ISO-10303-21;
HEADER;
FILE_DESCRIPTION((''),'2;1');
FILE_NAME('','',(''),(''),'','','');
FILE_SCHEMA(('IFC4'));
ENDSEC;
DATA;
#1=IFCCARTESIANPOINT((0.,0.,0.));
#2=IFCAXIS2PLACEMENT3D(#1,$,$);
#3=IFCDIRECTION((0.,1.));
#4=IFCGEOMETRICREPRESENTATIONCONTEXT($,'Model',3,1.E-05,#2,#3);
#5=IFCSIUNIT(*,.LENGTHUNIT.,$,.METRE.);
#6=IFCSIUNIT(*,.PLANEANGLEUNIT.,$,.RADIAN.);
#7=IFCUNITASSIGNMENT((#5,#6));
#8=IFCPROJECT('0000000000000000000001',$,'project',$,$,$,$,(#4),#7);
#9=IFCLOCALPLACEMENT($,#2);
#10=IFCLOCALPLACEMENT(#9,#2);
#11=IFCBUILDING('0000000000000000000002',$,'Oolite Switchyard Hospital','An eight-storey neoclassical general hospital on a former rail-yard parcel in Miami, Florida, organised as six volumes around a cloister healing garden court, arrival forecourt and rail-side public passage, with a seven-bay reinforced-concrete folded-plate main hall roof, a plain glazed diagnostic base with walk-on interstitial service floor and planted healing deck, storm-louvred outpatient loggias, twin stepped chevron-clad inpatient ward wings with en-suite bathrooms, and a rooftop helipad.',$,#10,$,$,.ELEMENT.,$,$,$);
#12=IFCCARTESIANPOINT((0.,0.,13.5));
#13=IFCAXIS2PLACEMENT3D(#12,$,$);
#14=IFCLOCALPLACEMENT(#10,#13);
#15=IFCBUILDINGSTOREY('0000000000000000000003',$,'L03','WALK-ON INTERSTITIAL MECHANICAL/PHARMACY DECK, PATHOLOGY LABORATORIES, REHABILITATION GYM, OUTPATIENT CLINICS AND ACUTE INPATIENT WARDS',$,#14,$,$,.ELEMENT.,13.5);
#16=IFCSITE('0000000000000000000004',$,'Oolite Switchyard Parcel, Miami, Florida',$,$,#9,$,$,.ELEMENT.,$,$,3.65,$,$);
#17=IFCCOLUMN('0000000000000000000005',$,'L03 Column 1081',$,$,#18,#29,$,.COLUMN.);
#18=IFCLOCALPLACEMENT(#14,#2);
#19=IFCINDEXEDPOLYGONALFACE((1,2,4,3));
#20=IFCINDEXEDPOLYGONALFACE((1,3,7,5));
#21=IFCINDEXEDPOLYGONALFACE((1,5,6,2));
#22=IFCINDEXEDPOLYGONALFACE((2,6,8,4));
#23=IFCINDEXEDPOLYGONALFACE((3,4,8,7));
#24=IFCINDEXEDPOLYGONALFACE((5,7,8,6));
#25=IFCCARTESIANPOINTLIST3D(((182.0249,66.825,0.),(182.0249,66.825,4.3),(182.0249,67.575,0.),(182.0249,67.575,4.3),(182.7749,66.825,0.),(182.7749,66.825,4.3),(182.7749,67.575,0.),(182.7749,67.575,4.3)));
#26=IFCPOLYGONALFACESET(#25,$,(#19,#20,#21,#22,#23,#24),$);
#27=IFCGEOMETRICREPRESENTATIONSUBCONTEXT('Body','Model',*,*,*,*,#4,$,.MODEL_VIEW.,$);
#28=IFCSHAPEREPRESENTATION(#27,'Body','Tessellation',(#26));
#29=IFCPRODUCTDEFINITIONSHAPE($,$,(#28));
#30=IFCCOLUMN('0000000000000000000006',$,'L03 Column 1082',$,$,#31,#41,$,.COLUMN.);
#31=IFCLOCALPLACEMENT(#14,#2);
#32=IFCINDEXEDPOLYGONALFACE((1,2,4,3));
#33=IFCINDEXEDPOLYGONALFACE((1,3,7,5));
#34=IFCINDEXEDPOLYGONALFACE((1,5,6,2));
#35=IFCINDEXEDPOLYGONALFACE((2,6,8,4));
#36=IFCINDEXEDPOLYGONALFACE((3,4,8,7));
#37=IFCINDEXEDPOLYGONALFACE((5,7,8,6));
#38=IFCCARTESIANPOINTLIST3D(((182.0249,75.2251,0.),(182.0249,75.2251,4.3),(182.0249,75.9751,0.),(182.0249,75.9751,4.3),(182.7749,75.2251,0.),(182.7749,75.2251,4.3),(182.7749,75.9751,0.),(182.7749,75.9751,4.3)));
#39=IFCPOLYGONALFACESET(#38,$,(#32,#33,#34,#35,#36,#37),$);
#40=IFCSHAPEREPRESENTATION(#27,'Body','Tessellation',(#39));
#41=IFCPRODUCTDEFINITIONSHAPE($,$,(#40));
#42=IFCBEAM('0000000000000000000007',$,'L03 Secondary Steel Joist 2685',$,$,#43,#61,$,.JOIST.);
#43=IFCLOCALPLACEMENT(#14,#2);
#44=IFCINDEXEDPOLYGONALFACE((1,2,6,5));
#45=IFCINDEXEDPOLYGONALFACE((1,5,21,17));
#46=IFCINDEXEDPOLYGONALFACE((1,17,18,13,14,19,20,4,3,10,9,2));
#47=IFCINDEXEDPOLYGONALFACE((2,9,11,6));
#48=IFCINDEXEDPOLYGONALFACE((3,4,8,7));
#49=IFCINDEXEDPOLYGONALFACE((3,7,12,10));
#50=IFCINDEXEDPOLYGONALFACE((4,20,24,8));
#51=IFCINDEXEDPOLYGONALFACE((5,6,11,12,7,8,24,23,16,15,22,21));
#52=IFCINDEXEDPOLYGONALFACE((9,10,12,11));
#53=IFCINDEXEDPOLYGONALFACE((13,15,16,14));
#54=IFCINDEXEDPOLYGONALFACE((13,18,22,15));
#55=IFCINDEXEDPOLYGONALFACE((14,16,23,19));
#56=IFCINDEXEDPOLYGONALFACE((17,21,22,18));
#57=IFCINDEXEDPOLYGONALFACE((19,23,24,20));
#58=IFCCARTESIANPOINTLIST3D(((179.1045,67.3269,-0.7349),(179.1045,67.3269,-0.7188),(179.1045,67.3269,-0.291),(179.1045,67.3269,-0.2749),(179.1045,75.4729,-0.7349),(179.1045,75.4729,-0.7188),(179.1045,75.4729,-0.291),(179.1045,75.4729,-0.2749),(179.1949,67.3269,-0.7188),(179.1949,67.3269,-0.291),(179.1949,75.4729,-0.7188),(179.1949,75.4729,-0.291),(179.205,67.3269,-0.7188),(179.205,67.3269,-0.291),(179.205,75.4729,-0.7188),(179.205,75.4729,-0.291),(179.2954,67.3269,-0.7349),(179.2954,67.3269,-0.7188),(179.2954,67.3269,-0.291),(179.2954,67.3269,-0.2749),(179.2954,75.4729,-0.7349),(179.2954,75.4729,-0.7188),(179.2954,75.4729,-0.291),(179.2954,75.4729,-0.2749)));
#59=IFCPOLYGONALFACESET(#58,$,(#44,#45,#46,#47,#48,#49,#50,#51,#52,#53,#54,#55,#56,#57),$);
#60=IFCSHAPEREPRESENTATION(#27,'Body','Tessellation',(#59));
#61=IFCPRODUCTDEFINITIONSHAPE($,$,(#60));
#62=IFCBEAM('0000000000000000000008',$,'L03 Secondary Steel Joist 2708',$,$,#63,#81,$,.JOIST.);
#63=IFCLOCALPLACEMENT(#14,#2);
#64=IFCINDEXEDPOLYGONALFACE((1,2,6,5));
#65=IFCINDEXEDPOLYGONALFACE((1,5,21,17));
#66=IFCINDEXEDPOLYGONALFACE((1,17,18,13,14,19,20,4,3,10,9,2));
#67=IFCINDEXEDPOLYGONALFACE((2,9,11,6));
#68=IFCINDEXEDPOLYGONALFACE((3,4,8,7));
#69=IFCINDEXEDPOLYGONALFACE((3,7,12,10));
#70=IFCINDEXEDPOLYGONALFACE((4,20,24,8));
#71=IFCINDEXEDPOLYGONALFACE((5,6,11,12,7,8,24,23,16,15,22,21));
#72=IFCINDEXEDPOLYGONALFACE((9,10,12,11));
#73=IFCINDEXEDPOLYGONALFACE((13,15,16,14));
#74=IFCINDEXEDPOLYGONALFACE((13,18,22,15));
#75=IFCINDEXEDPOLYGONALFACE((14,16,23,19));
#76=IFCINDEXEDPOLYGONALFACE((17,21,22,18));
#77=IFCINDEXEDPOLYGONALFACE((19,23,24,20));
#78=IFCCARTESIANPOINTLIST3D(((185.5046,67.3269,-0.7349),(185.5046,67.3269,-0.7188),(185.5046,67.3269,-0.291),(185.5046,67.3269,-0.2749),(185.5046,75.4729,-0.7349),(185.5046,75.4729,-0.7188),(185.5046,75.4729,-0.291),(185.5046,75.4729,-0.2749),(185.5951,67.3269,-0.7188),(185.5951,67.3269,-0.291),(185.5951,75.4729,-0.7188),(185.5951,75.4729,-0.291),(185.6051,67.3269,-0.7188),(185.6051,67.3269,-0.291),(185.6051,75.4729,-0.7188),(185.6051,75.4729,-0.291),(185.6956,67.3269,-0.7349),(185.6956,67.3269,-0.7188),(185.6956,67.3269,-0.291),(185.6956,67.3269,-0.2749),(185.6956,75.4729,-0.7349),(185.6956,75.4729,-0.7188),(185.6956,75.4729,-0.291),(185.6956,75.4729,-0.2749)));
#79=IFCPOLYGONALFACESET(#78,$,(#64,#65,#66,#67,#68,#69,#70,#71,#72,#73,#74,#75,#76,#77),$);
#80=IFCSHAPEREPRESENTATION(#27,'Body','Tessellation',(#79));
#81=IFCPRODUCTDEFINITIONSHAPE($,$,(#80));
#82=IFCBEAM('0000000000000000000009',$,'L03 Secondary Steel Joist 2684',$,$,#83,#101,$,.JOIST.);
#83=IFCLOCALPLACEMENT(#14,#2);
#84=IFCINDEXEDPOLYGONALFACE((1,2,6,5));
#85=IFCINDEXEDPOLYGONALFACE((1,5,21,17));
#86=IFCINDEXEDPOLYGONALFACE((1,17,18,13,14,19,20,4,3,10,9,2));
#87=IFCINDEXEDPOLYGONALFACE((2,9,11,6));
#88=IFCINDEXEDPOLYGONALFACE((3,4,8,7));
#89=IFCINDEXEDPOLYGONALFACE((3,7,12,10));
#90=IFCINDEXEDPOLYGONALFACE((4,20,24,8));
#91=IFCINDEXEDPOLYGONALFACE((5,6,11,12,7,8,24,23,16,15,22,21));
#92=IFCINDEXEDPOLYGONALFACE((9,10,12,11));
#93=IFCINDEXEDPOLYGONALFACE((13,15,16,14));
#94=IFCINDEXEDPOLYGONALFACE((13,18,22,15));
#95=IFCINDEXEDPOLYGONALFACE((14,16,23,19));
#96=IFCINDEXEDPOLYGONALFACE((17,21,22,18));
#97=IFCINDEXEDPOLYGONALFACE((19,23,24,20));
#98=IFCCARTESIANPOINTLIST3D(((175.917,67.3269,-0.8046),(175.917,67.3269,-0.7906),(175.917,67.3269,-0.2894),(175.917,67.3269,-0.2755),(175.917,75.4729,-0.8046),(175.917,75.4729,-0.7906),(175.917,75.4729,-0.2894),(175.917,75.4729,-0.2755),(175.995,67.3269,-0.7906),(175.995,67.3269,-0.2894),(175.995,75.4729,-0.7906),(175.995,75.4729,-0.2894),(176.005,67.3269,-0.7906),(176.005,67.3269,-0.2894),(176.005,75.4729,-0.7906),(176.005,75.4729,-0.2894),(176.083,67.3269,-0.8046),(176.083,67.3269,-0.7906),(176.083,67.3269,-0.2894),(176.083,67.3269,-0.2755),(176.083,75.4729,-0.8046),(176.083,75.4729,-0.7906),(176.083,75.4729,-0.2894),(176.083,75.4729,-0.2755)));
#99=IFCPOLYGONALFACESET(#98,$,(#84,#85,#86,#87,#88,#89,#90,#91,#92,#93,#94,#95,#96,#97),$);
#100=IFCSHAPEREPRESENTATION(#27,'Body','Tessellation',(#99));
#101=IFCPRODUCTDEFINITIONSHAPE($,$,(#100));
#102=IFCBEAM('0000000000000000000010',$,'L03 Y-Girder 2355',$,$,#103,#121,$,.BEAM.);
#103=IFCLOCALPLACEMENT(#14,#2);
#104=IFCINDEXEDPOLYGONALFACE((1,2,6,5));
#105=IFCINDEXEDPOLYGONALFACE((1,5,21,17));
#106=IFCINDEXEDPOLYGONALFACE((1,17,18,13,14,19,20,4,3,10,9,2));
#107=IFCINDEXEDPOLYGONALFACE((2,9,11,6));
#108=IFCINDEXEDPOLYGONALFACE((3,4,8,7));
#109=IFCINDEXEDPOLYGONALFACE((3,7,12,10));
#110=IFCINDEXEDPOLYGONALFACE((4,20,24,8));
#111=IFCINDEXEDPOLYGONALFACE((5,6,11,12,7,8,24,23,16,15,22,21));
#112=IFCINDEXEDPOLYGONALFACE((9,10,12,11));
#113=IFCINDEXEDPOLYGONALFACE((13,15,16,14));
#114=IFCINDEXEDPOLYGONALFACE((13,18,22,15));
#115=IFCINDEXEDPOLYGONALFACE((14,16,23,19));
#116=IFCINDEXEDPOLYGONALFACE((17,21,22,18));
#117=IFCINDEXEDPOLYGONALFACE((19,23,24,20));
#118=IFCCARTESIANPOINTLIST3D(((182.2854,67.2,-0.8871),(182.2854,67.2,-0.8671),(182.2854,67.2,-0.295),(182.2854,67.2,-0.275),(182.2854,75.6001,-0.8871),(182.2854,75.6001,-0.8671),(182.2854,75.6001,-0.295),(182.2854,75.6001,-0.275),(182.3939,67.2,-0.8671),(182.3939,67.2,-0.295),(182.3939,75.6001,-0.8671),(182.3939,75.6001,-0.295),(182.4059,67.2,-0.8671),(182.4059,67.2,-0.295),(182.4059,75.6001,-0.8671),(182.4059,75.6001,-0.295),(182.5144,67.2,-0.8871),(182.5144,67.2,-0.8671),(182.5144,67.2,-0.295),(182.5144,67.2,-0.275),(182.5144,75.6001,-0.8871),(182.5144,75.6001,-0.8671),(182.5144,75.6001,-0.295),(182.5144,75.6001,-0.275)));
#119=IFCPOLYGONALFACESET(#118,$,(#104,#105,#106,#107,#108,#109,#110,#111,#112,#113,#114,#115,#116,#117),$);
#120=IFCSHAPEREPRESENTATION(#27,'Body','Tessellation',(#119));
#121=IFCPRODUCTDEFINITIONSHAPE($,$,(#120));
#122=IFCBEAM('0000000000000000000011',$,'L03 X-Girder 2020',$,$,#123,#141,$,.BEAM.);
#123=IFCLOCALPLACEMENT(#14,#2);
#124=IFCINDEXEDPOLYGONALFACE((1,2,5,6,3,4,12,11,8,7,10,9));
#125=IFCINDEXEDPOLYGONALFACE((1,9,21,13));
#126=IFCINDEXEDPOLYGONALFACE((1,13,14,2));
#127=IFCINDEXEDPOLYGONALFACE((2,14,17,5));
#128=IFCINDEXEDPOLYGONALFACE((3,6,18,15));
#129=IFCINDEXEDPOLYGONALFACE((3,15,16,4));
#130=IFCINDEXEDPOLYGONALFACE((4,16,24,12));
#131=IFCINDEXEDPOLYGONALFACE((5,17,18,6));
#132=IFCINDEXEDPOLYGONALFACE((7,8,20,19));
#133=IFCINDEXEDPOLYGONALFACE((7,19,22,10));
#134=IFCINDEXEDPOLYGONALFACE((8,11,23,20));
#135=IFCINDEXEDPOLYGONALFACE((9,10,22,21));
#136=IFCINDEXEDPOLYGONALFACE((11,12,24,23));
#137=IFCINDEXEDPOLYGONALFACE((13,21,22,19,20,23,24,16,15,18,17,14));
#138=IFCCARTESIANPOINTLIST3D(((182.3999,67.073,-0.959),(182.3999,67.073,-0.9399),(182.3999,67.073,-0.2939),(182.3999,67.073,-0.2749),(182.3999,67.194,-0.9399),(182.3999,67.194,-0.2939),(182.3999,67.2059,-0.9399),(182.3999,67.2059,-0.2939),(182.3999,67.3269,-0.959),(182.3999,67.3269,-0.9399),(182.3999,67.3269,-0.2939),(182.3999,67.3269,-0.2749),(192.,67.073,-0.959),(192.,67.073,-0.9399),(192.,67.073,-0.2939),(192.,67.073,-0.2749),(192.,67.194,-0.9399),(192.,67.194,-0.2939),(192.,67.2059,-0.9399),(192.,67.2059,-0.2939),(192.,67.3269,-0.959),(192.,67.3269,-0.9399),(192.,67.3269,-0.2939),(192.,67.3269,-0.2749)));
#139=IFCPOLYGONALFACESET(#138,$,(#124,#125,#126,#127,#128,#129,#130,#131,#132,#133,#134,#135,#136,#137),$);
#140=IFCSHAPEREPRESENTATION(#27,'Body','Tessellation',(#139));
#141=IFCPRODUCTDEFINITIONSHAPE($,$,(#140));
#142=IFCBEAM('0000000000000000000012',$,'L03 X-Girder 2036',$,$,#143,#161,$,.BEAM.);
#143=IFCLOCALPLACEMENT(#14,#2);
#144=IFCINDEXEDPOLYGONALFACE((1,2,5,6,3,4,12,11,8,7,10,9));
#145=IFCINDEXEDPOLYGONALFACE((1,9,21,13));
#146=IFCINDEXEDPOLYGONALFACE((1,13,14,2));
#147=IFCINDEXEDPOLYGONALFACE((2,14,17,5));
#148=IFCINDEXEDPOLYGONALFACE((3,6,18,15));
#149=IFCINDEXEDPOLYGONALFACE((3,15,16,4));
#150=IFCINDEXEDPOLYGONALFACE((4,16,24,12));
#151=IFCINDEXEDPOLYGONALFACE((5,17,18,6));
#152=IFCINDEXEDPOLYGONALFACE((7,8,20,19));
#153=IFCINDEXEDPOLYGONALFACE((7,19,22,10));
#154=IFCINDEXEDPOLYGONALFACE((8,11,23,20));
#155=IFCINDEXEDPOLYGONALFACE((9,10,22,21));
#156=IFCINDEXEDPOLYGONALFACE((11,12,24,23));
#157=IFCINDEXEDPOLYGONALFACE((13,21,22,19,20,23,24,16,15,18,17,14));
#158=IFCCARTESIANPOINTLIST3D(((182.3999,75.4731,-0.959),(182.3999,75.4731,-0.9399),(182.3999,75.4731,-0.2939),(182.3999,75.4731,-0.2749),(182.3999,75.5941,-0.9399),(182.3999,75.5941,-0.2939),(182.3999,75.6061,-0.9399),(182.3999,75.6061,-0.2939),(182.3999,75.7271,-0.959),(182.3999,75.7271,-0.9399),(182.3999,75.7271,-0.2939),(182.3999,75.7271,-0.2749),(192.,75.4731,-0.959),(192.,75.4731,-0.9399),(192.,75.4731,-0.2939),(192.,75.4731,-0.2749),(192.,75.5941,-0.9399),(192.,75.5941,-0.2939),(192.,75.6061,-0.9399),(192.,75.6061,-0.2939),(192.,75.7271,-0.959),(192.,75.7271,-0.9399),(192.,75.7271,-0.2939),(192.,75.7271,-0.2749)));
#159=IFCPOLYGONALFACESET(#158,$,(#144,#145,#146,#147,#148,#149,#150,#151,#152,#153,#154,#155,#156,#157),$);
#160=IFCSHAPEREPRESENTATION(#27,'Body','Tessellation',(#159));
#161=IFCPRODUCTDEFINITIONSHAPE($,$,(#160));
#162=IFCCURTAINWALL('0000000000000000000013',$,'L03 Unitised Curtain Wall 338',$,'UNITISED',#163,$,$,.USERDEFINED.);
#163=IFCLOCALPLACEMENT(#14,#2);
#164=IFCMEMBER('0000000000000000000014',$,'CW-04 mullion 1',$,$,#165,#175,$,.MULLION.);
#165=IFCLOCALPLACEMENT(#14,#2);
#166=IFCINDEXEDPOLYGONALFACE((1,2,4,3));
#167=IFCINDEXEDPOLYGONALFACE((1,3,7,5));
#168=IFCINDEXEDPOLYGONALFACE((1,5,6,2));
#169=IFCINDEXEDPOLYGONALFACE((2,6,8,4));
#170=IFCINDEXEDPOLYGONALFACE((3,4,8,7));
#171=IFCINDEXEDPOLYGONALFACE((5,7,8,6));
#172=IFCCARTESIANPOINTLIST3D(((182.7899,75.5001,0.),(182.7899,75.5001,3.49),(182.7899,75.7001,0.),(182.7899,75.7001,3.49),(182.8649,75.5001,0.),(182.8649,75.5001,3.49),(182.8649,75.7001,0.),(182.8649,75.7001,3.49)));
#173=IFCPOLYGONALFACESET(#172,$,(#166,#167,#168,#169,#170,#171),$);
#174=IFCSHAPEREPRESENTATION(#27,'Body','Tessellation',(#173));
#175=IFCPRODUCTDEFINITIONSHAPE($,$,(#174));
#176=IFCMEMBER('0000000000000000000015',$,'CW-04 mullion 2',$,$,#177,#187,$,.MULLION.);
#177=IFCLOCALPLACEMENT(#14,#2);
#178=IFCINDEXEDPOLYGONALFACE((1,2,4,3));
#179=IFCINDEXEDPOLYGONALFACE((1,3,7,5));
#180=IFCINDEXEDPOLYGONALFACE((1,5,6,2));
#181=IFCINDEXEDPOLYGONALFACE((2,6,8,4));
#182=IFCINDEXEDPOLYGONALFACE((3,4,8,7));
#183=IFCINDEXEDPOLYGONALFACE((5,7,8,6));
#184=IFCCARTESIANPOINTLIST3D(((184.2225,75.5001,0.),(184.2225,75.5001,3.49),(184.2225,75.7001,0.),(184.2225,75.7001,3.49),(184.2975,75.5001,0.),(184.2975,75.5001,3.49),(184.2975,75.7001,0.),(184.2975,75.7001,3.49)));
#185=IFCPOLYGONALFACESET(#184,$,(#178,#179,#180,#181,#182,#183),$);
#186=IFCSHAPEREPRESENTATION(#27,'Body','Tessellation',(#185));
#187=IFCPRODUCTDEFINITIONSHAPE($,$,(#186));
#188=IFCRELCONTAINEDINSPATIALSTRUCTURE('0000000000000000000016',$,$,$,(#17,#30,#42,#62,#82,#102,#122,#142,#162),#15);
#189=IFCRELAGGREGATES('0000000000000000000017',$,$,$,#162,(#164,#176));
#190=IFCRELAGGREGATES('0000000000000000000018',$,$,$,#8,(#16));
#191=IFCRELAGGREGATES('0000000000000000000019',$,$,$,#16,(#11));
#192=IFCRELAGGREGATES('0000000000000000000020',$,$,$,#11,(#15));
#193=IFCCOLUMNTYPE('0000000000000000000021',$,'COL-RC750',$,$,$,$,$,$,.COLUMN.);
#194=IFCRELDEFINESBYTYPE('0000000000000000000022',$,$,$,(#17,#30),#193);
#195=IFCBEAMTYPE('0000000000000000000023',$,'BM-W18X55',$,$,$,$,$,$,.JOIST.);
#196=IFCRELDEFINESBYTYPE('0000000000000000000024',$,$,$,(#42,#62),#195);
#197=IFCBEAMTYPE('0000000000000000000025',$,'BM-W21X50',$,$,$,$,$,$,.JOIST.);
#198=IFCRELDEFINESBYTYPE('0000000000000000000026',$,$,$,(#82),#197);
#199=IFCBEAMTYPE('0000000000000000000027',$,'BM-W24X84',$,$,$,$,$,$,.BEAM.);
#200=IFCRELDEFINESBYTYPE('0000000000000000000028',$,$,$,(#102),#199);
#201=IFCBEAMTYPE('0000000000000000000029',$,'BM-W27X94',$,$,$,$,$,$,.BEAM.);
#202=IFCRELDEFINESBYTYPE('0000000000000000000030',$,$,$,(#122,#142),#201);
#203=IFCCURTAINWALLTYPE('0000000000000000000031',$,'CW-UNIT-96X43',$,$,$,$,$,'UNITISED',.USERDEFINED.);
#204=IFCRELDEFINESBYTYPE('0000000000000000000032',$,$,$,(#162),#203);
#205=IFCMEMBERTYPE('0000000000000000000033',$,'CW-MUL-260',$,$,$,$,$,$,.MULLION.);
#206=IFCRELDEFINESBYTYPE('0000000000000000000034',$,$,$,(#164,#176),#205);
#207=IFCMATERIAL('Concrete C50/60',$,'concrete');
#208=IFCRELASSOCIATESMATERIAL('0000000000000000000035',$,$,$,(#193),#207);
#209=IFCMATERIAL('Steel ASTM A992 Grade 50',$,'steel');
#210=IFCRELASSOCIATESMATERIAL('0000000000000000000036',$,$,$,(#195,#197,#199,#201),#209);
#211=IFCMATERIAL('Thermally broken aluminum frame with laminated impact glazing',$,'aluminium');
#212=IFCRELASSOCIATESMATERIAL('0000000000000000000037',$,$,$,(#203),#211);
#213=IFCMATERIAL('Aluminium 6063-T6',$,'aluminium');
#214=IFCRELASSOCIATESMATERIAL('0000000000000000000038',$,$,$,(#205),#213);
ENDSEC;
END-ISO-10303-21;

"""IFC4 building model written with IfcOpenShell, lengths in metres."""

from ifc_helpers import new_model, si_unit, direction, frame, origin, origin_2d, place, context, subcontext, project, spatial, rectangle, i_section, extrude, material, material_profile, profile_set, type_object, element, aggregate, save


model = new_model("IFC4")

# Units and contexts
model_context = context("Model", 3, precision=1e-05, world=origin(), true_north=direction((0.0, 1.0)))
body_context = subcontext(model_context, "Body", "Model", "MODEL_VIEW")
ifc_project = project(units=[si_unit("LENGTHUNIT", "METRE"), si_unit("PLANEANGLEUNIT", "RADIAN")], contexts=[model_context])

# Site, building, storey
site_placement = place(None, origin())
site = spatial("IfcSite", under=ifc_project, at=site_placement, Name="Oolite Switchyard Parcel, Miami, Florida", CompositionType="ELEMENT", RefElevation=3.65)
building_placement = place(site_placement, origin())
building = spatial("IfcBuilding", under=site, at=building_placement, Name="Oolite Switchyard Hospital", Description="An eight-storey neoclassical general hospital on a former rail-yard parcel in Miami, Florida, organised as six volumes around a cloister healing garden court, arrival forecourt and rail-side public passage, with a seven-bay reinforced-concrete folded-plate main hall roof, a plain glazed diagnostic base with walk-on interstitial service floor and planted healing deck, storm-louvred outpatient loggias, twin stepped chevron-clad inpatient ward wings with en-suite bathrooms, and a rooftop helipad.", CompositionType="ELEMENT")
storey_placement = place(building_placement, frame((0.0, 0.0, 13.5)))
storey = spatial("IfcBuildingStorey", under=building, at=storey_placement, Name="L03", Description="WALK-ON INTERSTITIAL MECHANICAL/PHARMACY DECK, PATHOLOGY LABORATORIES, REHABILITATION GYM, OUTPATIENT CLINICS AND ACUTE INPATIENT WARDS", CompositionType="ELEMENT", Elevation=13.5)

# Columns
ifc_material_1 = material(Name="Concrete C50/60", Category="concrete")
ifc_material_profile_1 = material_profile(ifc_material_1, rectangle(XDim=0.75, YDim=0.75, at=origin_2d()), Name="RC750X750")
ifc_profile_set_1 = profile_set([ifc_material_profile_1], Name="Concrete C50/60")
column_type = type_object("IfcColumnType", Name="COL-RC750", PredefinedType="COLUMN", material=ifc_profile_set_1)
for number, where, z_axis, x_axis, name in (
    (1, (182.3999, 67.2, 0.0), (0.0, 0.0, 1.0), (1.0, 0.0, 0.0), "L03 Column 1081"),
    (2, (182.3999, 75.6001, 0.0), (0.0, 0.0, 1.0), (1.0, 0.0, 0.0), "L03 Column 1082"),
):
    element("IfcColumn", number, at=place(storey_placement, frame(where, z_axis=z_axis, x_axis=x_axis)), inside=storey, type_object=column_type, Name=name, PredefinedType="COLUMN", context=body_context, shape_type="SweptSolid", body=[
        extrude(rectangle(XDim=0.75, YDim=0.75, at=origin_2d()), origin(), (0.0, 0.0, 1.0), 4.3),
    ])

# Beams
ifc_material_2 = material(Name="Steel ASTM A992 Grade 50", Category="steel")
ifc_material_profile_2 = material_profile(ifc_material_2, i_section(OverallWidth=0.1909, OverallDepth=0.46, WebThickness=0.01, FlangeThickness=0.0161, at=origin_2d()), Name="W18X55")
ifc_profile_set_2 = profile_set([ifc_material_profile_2], Name="Steel ASTM A992 Grade 50")
beam_type_1 = type_object("IfcBeamType", Name="BM-W18X55", PredefinedType="JOIST", material=ifc_profile_set_2)
for number, where, z_axis, x_axis, name in (
    (3, (179.2, 67.3269, -0.5049), (0.0, 1.0, 0.0), (-1.0, 0.0, 0.0), "L03 Secondary Steel Joist 2685"),
    (4, (185.6001, 67.3269, -0.5049), (0.0, 1.0, 0.0), (-1.0, 0.0, 0.0), "L03 Secondary Steel Joist 2708"),
):
    element("IfcBeam", number, at=place(storey_placement, frame(where, z_axis=z_axis, x_axis=x_axis)), inside=storey, type_object=beam_type_1, Name=name, PredefinedType="JOIST", context=body_context, shape_type="SweptSolid", body=[
        extrude(i_section(OverallWidth=0.1909, OverallDepth=0.46, WebThickness=0.01, FlangeThickness=0.0161, at=origin_2d()), origin(), (0.0, 0.0, 1.0), 8.146),
    ])
ifc_material_profile_3 = material_profile(ifc_material_2, i_section(OverallWidth=0.166, OverallDepth=0.5291, WebThickness=0.01, FlangeThickness=0.0139, at=origin_2d()), Name="W21X50")
ifc_profile_set_3 = profile_set([ifc_material_profile_3], Name="Steel ASTM A992 Grade 50")
beam_type_2 = type_object("IfcBeamType", Name="BM-W21X50", PredefinedType="JOIST", material=ifc_profile_set_3)
beam_1_placement = place(storey_placement, frame((176.0, 67.3269, -0.54), z_axis=(0.0, 1.0, 0.0), x_axis=(-1.0, 0.0, 0.0)))
element("IfcBeam", 5, at=beam_1_placement, inside=storey, type_object=beam_type_2, Name="L03 Secondary Steel Joist 2684", PredefinedType="JOIST", context=body_context, shape_type="SweptSolid", body=[
    extrude(i_section(OverallWidth=0.166, OverallDepth=0.5291, WebThickness=0.01, FlangeThickness=0.0139, at=origin_2d()), origin(), (0.0, 0.0, 1.0), 8.146),
])
ifc_material_profile_4 = material_profile(ifc_material_2, i_section(OverallWidth=0.229, OverallDepth=0.6121, WebThickness=0.012, FlangeThickness=0.02, at=origin_2d()), Name="W24X84")
ifc_profile_set_4 = profile_set([ifc_material_profile_4], Name="Steel ASTM A992 Grade 50")
beam_type_3 = type_object("IfcBeamType", Name="BM-W24X84", PredefinedType="BEAM", material=ifc_profile_set_4)
beam_2_placement = place(storey_placement, frame((182.3999, 67.2, -0.5811), z_axis=(0.0, 1.0, 0.0), x_axis=(-1.0, 0.0, 0.0)))
element("IfcBeam", 6, at=beam_2_placement, inside=storey, type_object=beam_type_3, Name="L03 Y-Girder 2355", PredefinedType="BEAM", context=body_context, shape_type="SweptSolid", body=[
    extrude(i_section(OverallWidth=0.229, OverallDepth=0.6121, WebThickness=0.012, FlangeThickness=0.02, at=origin_2d()), origin(), (0.0, 0.0, 1.0), 8.4001),
])
ifc_material_profile_5 = material_profile(ifc_material_2, i_section(OverallWidth=0.2539, OverallDepth=0.6841, WebThickness=0.012, FlangeThickness=0.019, at=origin_2d()), Name="W27X94")
ifc_profile_set_5 = profile_set([ifc_material_profile_5], Name="Steel ASTM A992 Grade 50")
beam_type_4 = type_object("IfcBeamType", Name="BM-W27X94", PredefinedType="BEAM", material=ifc_profile_set_5)
for number, where, z_axis, x_axis, name in (
    (7, (182.3999, 67.2, -0.6169), (1.0, 0.0, 0.0), (0.0, 1.0, 0.0), "L03 X-Girder 2020"),
    (8, (182.3999, 75.6001, -0.6169), (1.0, 0.0, 0.0), (0.0, 1.0, 0.0), "L03 X-Girder 2036"),
):
    element("IfcBeam", number, at=place(storey_placement, frame(where, z_axis=z_axis, x_axis=x_axis)), inside=storey, type_object=beam_type_4, Name=name, PredefinedType="BEAM", context=body_context, shape_type="SweptSolid", body=[
        extrude(i_section(OverallWidth=0.2539, OverallDepth=0.6841, WebThickness=0.012, FlangeThickness=0.019, at=origin_2d()), origin(), (0.0, 0.0, 1.0), 9.6001),
    ])

# Curtain wall, members
ifc_material_3 = material(Name="Thermally broken aluminum frame with laminated impact glazing", Category="aluminium")
curtain_wall_type = type_object("IfcCurtainWallType", Name="CW-UNIT-96X43", ElementType="UNITISED", PredefinedType="USERDEFINED", material=ifc_material_3)
curtain_wall_placement = place(storey_placement, origin())
curtain_wall = element("IfcCurtainWall", 9, at=curtain_wall_placement, inside=storey, type_object=curtain_wall_type, Name="L03 Unitised Curtain Wall 338", ObjectType="UNITISED", PredefinedType="USERDEFINED")
ifc_material_4 = material(Name="Aluminium 6063-T6", Category="aluminium")
ifc_material_profile_6 = material_profile(ifc_material_4, rectangle(XDim=0.2, YDim=0.075, at=origin_2d()), Name="CWM75X200")
ifc_profile_set_6 = profile_set([ifc_material_profile_6], Name="Aluminium 6063-T6")
member_type_1 = type_object("IfcMemberType", Name="CW-MUL-260", PredefinedType="MULLION", material=ifc_profile_set_6)
member_1_placement = place(storey_placement, frame((182.8274, 75.6001, 0.0), z_axis=(0.0, 0.0, 1.0), x_axis=(0.0, 1.0, 0.0)))
member_1 = element("IfcMember", 10, at=member_1_placement, type_object=member_type_1, Name="CW-04 mullion 1", PredefinedType="MULLION", context=body_context, shape_type="SweptSolid", body=[
    extrude(rectangle(XDim=0.2, YDim=0.075, at=origin_2d()), origin(), (0.0, 0.0, 1.0), 3.49),
])
member_2_placement = place(storey_placement, frame((184.26, 75.6001, 0.0), z_axis=(0.0, 0.0, 1.0), x_axis=(0.0, 1.0, 0.0)))
member_2 = element("IfcMember", 11, at=member_2_placement, type_object=member_type_1, Name="CW-04 mullion 2", PredefinedType="MULLION", context=body_context, shape_type="SweptSolid", body=[
    extrude(rectangle(XDim=0.2, YDim=0.075, at=origin_2d()), origin(), (0.0, 0.0, 1.0), 3.49),
])
aggregate(curtain_wall, [member_1, member_2])

save(model, "model.ifc")
